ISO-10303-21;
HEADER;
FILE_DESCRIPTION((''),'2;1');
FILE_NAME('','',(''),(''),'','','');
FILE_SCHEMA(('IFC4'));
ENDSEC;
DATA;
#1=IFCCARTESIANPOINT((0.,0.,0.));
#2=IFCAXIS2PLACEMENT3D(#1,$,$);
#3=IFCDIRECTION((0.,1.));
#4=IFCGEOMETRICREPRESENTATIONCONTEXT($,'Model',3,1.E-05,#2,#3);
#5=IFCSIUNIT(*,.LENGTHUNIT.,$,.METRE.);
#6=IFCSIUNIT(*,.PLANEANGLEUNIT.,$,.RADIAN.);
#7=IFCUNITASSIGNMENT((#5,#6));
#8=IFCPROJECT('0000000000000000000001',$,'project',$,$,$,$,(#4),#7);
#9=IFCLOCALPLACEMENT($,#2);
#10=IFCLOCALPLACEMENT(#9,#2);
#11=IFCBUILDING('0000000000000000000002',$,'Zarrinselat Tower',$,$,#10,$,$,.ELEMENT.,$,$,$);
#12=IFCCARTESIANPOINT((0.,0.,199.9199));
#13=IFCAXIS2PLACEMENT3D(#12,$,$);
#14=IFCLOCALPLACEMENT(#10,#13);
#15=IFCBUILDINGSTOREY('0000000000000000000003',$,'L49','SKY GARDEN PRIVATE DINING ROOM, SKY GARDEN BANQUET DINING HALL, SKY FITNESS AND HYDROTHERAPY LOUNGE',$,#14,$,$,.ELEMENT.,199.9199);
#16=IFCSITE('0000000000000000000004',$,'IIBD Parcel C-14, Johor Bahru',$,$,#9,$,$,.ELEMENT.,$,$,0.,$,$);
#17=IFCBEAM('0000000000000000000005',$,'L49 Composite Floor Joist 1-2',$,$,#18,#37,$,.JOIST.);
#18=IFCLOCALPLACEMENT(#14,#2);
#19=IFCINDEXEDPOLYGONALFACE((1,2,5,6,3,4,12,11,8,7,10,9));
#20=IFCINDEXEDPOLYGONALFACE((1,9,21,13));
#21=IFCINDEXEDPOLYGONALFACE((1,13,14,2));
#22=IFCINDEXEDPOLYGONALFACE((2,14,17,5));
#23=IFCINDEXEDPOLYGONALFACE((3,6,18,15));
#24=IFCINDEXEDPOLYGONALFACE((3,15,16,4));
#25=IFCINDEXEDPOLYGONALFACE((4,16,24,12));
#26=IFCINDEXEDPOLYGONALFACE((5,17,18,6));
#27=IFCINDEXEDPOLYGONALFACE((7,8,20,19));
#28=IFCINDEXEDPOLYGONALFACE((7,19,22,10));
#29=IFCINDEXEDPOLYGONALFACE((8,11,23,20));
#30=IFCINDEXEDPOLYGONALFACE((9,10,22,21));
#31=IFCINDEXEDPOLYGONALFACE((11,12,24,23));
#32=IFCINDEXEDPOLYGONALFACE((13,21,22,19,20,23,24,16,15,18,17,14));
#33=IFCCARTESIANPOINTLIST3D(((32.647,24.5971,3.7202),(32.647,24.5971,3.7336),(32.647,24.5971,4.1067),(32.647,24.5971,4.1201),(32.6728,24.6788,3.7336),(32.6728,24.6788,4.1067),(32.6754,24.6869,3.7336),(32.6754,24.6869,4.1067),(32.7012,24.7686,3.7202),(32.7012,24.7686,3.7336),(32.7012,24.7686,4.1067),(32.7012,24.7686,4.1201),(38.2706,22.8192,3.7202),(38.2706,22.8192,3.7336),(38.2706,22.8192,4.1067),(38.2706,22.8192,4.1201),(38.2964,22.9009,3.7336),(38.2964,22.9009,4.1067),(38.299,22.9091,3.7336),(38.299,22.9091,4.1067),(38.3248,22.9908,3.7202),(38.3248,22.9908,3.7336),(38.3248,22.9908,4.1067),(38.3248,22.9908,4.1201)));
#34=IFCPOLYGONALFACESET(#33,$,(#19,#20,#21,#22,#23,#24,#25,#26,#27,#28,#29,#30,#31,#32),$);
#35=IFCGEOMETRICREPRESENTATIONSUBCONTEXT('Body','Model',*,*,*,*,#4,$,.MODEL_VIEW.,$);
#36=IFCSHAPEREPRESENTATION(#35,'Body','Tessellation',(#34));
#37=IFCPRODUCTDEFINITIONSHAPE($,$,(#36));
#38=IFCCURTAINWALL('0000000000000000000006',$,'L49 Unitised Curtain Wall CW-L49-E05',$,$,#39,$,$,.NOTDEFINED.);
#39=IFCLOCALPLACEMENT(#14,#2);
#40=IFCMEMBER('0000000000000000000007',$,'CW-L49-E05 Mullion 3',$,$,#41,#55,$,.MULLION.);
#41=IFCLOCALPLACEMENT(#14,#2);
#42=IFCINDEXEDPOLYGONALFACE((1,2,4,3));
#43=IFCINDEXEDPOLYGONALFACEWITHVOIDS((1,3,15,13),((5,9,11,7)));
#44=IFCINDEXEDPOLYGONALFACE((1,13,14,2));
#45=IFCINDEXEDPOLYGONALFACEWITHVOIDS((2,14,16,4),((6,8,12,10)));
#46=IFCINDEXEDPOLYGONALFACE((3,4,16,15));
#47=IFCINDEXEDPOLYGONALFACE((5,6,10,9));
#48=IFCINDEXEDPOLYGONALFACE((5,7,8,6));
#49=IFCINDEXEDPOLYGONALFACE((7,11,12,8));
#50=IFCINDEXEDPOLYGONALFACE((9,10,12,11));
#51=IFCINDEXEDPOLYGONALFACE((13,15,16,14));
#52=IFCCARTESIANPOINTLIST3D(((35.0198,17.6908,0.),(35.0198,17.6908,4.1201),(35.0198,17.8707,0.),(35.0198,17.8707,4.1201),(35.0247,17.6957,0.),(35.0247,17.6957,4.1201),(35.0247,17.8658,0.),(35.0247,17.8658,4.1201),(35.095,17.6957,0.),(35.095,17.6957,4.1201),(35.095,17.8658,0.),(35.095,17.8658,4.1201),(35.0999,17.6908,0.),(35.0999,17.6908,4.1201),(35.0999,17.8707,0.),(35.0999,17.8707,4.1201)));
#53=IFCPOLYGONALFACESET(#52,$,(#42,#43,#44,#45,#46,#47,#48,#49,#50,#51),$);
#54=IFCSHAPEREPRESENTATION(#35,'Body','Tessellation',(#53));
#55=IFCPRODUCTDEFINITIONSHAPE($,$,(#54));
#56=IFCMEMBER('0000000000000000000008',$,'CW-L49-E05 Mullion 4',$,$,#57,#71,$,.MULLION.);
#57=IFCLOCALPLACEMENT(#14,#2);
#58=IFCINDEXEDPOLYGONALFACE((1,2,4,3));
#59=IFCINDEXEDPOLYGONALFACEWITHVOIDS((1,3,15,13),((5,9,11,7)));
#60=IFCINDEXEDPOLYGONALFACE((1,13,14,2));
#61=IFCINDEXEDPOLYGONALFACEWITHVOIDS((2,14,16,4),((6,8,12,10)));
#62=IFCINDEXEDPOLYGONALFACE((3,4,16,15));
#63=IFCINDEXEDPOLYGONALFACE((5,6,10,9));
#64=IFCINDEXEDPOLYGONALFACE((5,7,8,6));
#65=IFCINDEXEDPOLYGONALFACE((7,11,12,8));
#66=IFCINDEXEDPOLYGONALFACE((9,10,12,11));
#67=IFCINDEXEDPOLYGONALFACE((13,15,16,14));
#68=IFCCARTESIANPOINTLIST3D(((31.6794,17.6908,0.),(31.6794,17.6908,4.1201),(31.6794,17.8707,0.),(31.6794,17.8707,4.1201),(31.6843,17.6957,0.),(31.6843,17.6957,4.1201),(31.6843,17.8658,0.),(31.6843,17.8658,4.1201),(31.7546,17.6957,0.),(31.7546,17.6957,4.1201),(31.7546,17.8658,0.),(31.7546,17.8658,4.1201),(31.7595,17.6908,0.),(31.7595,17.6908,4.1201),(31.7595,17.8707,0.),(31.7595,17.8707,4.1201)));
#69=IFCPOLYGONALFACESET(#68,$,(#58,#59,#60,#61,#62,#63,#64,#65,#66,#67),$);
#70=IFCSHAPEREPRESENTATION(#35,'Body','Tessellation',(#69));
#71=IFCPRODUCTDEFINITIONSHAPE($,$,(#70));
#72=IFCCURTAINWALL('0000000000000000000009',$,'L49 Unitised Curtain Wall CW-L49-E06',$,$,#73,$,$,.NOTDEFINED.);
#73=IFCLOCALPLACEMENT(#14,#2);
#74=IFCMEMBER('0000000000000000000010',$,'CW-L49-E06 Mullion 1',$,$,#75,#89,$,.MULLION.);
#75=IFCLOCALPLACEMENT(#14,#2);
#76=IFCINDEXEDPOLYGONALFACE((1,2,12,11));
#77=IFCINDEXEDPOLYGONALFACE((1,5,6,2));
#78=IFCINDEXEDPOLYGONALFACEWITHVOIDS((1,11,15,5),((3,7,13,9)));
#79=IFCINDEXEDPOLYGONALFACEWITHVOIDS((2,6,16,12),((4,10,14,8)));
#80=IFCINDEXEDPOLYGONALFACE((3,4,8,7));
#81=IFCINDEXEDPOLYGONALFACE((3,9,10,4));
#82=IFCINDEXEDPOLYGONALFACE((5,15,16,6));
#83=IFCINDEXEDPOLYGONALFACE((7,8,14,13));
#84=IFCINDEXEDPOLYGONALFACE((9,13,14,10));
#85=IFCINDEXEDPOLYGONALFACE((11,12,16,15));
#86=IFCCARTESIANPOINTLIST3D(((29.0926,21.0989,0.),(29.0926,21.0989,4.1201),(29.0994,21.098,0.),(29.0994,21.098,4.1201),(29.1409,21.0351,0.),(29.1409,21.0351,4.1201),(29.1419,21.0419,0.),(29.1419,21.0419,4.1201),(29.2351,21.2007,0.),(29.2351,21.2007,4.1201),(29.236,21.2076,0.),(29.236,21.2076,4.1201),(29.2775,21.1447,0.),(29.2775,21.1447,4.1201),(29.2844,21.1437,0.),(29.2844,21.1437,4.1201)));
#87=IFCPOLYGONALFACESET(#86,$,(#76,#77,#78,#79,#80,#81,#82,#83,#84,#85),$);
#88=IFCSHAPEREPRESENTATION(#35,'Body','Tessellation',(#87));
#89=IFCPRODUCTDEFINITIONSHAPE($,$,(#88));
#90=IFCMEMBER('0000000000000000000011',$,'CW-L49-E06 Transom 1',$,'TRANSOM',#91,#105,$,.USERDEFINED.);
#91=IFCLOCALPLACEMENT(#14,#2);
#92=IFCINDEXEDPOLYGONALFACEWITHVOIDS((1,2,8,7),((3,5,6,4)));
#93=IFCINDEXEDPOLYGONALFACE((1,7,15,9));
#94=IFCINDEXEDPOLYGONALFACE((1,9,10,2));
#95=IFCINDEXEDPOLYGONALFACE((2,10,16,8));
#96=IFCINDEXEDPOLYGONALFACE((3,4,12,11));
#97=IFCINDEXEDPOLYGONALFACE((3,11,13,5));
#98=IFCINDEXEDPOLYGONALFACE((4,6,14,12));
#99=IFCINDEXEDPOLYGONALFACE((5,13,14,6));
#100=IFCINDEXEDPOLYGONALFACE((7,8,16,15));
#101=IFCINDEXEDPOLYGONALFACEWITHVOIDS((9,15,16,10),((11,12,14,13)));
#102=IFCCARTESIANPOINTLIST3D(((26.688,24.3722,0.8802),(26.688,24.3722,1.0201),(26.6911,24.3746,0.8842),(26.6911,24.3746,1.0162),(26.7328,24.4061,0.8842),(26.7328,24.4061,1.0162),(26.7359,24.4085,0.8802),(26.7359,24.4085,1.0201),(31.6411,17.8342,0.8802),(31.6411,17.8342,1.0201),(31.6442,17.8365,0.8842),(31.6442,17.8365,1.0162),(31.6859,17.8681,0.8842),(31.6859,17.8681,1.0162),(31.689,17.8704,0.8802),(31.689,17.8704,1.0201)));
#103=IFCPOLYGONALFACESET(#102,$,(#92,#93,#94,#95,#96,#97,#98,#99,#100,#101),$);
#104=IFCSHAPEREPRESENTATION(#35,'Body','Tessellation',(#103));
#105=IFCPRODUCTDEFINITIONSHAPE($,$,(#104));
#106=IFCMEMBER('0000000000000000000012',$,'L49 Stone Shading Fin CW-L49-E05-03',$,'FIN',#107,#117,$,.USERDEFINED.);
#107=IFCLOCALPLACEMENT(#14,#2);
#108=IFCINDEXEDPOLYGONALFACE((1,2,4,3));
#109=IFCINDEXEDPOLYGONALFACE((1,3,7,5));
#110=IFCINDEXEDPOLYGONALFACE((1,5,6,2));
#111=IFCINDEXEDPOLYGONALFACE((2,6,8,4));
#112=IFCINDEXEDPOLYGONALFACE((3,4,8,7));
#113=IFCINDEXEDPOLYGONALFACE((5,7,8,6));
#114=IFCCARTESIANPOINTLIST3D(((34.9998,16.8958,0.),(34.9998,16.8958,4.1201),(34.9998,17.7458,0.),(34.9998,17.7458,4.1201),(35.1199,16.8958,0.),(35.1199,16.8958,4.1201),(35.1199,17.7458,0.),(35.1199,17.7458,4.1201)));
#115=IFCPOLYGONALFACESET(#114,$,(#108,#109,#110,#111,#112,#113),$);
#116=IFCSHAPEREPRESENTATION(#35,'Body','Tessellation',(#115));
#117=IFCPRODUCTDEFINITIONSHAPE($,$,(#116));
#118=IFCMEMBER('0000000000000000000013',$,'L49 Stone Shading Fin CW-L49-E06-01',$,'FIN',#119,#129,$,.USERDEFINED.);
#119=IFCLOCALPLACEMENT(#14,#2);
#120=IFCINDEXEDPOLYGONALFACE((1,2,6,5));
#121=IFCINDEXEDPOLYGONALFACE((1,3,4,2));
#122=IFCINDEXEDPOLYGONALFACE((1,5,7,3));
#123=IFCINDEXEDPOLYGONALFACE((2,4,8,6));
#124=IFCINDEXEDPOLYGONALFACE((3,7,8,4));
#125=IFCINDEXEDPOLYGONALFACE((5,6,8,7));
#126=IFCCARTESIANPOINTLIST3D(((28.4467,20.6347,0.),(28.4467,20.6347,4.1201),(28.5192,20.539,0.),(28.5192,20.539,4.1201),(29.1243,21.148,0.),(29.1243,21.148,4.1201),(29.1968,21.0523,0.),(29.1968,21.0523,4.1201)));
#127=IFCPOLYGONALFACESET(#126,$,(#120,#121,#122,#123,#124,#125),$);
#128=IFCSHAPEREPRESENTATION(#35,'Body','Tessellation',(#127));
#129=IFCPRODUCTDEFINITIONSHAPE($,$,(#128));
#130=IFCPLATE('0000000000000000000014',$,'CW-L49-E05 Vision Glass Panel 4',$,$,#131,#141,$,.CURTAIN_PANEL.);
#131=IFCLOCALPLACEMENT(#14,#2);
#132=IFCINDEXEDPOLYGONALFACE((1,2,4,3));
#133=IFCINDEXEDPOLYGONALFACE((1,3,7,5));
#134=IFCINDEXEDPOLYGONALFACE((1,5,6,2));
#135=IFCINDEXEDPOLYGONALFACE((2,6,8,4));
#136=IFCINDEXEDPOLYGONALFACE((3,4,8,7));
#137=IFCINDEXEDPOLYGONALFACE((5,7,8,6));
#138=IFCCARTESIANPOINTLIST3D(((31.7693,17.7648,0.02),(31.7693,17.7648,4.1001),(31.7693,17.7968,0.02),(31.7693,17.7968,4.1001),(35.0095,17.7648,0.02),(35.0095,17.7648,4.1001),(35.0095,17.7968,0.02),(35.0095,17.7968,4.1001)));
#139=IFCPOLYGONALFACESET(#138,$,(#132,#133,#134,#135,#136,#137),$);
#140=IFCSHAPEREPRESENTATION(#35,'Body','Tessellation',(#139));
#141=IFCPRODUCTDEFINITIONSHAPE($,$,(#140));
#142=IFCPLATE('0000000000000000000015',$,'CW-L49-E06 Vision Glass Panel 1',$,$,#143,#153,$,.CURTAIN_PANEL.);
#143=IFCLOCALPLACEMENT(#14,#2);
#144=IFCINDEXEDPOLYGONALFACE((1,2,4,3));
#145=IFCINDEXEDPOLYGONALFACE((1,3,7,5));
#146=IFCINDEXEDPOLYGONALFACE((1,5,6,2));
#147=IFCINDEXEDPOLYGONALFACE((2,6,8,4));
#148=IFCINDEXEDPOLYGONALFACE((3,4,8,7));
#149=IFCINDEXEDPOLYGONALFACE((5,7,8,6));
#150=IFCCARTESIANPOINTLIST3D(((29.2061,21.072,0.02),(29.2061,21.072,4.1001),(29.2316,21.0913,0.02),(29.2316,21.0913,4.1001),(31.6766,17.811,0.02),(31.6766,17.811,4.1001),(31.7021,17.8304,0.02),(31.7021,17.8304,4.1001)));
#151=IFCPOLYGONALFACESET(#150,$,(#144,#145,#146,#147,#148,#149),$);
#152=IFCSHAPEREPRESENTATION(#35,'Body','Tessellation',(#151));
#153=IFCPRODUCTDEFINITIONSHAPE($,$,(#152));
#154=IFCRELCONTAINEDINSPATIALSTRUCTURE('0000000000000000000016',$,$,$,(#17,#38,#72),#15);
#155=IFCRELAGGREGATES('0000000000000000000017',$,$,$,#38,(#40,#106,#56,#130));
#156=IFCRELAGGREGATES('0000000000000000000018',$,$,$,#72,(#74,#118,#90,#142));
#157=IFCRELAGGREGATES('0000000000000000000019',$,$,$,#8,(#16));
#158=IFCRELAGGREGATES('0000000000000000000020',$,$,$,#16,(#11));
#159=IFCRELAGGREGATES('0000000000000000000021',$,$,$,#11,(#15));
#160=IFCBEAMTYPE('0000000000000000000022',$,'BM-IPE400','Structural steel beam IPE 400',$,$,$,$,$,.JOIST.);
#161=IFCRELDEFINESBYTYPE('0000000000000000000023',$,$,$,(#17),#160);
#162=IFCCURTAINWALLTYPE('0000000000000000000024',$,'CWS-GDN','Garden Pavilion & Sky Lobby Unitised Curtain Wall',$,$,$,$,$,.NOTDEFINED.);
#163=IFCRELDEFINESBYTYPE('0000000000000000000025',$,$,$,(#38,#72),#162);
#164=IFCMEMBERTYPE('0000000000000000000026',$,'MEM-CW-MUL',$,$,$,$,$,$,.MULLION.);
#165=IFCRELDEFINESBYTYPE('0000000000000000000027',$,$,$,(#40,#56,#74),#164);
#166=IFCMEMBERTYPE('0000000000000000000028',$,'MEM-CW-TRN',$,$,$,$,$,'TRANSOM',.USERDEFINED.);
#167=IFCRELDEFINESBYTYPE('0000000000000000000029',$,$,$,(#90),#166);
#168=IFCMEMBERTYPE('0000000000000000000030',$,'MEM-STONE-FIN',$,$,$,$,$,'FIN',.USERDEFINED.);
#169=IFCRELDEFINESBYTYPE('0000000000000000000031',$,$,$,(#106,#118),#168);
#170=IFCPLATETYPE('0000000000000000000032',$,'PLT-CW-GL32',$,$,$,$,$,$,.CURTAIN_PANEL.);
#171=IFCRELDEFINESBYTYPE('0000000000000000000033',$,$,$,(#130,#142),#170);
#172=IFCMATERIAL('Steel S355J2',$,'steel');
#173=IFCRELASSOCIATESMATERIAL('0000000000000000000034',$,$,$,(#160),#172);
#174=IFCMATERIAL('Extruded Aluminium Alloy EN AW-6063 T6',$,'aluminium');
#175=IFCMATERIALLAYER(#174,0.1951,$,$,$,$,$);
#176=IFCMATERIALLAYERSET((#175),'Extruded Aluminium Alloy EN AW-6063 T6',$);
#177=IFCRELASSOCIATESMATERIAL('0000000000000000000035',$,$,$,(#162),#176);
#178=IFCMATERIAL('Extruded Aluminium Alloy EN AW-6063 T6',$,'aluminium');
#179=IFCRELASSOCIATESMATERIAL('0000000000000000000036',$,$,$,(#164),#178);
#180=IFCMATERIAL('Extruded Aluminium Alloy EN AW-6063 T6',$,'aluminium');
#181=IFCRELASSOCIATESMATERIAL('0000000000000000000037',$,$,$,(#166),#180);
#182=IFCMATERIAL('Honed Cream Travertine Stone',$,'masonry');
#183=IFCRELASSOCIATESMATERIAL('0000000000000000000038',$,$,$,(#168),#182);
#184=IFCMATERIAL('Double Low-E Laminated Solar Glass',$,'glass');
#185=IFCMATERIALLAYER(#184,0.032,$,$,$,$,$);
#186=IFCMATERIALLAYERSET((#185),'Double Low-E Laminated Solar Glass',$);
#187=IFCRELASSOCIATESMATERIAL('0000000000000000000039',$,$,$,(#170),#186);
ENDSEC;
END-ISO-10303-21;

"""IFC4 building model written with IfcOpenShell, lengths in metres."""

from ifc_helpers import new_model, si_unit, direction, frame, origin, origin_2d, place, context, subcontext, project, spatial, rectangle, hollow_rectangle, i_section, extrude, material, layer, layer_set, material_profile, profile_set, type_object, element, aggregate, save


model = new_model("IFC4")

# Units and contexts
model_context = context("Model", 3, precision=1e-05, world=origin(), true_north=direction((0.0, 1.0)))
body_context = subcontext(model_context, "Body", "Model", "MODEL_VIEW")
ifc_project = project(units=[si_unit("LENGTHUNIT", "METRE"), si_unit("PLANEANGLEUNIT", "RADIAN")], contexts=[model_context])

# Site, building, storey
site_placement = place(None, origin())
site = spatial("IfcSite", under=ifc_project, at=site_placement, Name="IIBD Parcel C-14, Johor Bahru", CompositionType="ELEMENT", RefElevation=0.0)
building_placement = place(site_placement, origin())
building = spatial("IfcBuilding", under=site, at=building_placement, Name="Zarrinselat Tower", CompositionType="ELEMENT")
storey_placement = place(building_placement, frame((0.0, 0.0, 199.9199)))
storey = spatial("IfcBuildingStorey", under=building, at=storey_placement, Name="L49", Description="SKY GARDEN PRIVATE DINING ROOM, SKY GARDEN BANQUET DINING HALL, SKY FITNESS AND HYDROTHERAPY LOUNGE", CompositionType="ELEMENT", Elevation=199.9199)

# Beam
ifc_material_1 = material(Name="Steel S355J2", Category="steel")
ifc_material_profile_1 = material_profile(ifc_material_1, i_section(OverallWidth=0.1799, OverallDepth=0.3999, WebThickness=0.0085, FlangeThickness=0.0134, at=origin_2d()), Name="IPE 400")
ifc_profile_set_1 = profile_set([ifc_material_profile_1], Name="Steel S355J2")
beam_type_1 = type_object("IfcBeamType", Name="BM-IPE400", Description="Structural steel beam IPE 400", PredefinedType="JOIST", material=ifc_profile_set_1)
beam_1_placement = place(storey_placement, frame((32.6741, 24.6829, 3.9202), z_axis=(0.953486, -0.301436, 0.0), x_axis=(0.301436, 0.953486, 0.0)))
element("IfcBeam", 1, at=beam_1_placement, inside=storey, type_object=beam_type_1, Name="L49 Composite Floor Joist 1-2", PredefinedType="JOIST", context=body_context, shape_type="SweptSolid", body=[
    extrude(i_section(OverallWidth=0.1799, OverallDepth=0.3999, WebThickness=0.0085, FlangeThickness=0.0134, at=origin_2d()), origin(), (0.0, 0.0, 1.0), 5.8979),
])

# Curtain walls, members
ifc_material_2 = material(Name="Extruded Aluminium Alloy EN AW-6063 T6", Category="aluminium")
ifc_layer_1 = layer(ifc_material_2, 0.1951)
ifc_layer_set_1 = layer_set([ifc_layer_1], Name="Extruded Aluminium Alloy EN AW-6063 T6")
curtain_wall_type = type_object("IfcCurtainWallType", Name="CWS-GDN", Description="Garden Pavilion & Sky Lobby Unitised Curtain Wall", PredefinedType="NOTDEFINED", material=ifc_layer_set_1)
curtain_wall_1_placement = place(storey_placement, origin())
curtain_wall_1 = element("IfcCurtainWall", 2, at=curtain_wall_1_placement, inside=storey, type_object=curtain_wall_type, Name="L49 Unitised Curtain Wall CW-L49-E05", PredefinedType="NOTDEFINED")
ifc_material_3 = material(Name="Extruded Aluminium Alloy EN AW-6063 T6", Category="aluminium")
ifc_material_profile_2 = material_profile(ifc_material_3, hollow_rectangle(XDim=0.0801, YDim=0.1799, WallThickness=0.0049, at=origin_2d()), Name="RHS 180x80x5")
ifc_profile_set_2 = profile_set([ifc_material_profile_2], Name="Extruded Aluminium Alloy EN AW-6063 T6")
member_type_1 = type_object("IfcMemberType", Name="MEM-CW-MUL", PredefinedType="MULLION", material=ifc_profile_set_2)
member_1_placement = place(storey_placement, frame((35.0598, 17.7808, 0.0), z_axis=(0.0, 0.0, 1.0), x_axis=(-1.0, 0.0, 0.0)))
member_1 = element("IfcMember", 3, at=member_1_placement, type_object=member_type_1, Name="CW-L49-E05 Mullion 3", PredefinedType="MULLION", context=body_context, shape_type="SweptSolid", body=[
    extrude(hollow_rectangle(XDim=0.0801, YDim=0.1799, WallThickness=0.0049, at=origin_2d()), origin(), (0.0, 0.0, 1.0), 4.1201),
])
member_2_placement = place(storey_placement, frame((31.7195, 17.7808, 0.0), z_axis=(0.0, 0.0, 1.0), x_axis=(-1.0, 0.0, 0.0)))
member_2 = element("IfcMember", 4, at=member_2_placement, type_object=member_type_1, Name="CW-L49-E05 Mullion 4", PredefinedType="MULLION", context=body_context, shape_type="SweptSolid", body=[
    extrude(hollow_rectangle(XDim=0.0801, YDim=0.1799, WallThickness=0.0049, at=origin_2d()), origin(), (0.0, 0.0, 1.0), 4.1201),
])
curtain_wall_2_placement = place(storey_placement, origin())
curtain_wall_2 = element("IfcCurtainWall", 5, at=curtain_wall_2_placement, inside=storey, type_object=curtain_wall_type, Name="L49 Unitised Curtain Wall CW-L49-E06", PredefinedType="NOTDEFINED")
member_3_placement = place(storey_placement, frame((29.1885, 21.1213, 0.0), z_axis=(0.0, 0.0, 1.0), x_axis=(-0.603858, 0.797092, 0.0)))
member_3 = element("IfcMember", 6, at=member_3_placement, type_object=member_type_1, Name="CW-L49-E06 Mullion 1", PredefinedType="MULLION", context=body_context, shape_type="SweptSolid", body=[
    extrude(hollow_rectangle(XDim=0.0801, YDim=0.1799, WallThickness=0.0049, at=origin_2d()), origin(), (0.0, 0.0, 1.0), 4.1201),
])
ifc_material_4 = material(Name="Extruded Aluminium Alloy EN AW-6063 T6", Category="aluminium")
ifc_material_profile_3 = material_profile(ifc_material_4, hollow_rectangle(XDim=0.0601, YDim=0.1399, WallThickness=0.0039, at=origin_2d()), Name="RHS 140x60x4")
ifc_profile_set_3 = profile_set([ifc_material_profile_3], Name="Extruded Aluminium Alloy EN AW-6063 T6")
member_type_2 = type_object("IfcMemberType", Name="MEM-CW-TRN", ElementType="TRANSOM", PredefinedType="USERDEFINED", material=ifc_profile_set_3)
member_4_placement = place(storey_placement, frame((31.665, 17.8523, 0.9502), z_axis=(-0.60386, 0.79709, 0.0), x_axis=(-0.79709, -0.60386, 0.0)))
member_4 = element("IfcMember", 7, at=member_4_placement, type_object=member_type_2, Name="CW-L49-E06 Transom 1", ObjectType="TRANSOM", PredefinedType="USERDEFINED", context=body_context, shape_type="SweptSolid", body=[
    extrude(hollow_rectangle(XDim=0.0601, YDim=0.1399, WallThickness=0.0039, at=origin_2d()), origin(), (0.0, 0.0, 1.0), 8.2024),
])

# Members
ifc_material_5 = material(Name="Honed Cream Travertine Stone", Category="masonry")
ifc_material_profile_4 = material_profile(ifc_material_5, rectangle(XDim=0.1201, YDim=0.8501, at=origin_2d()), Name="FIN 850x120")
ifc_profile_set_4 = profile_set([ifc_material_profile_4], Name="Honed Cream Travertine Stone")
member_type_3 = type_object("IfcMemberType", Name="MEM-STONE-FIN", ElementType="FIN", PredefinedType="USERDEFINED", material=ifc_profile_set_4)
member_5_placement = place(storey_placement, frame((35.0598, 17.3208, 0.0), z_axis=(0.0, 0.0, 1.0), x_axis=(-1.0, 0.0, 0.0)))
member_5 = element("IfcMember", 8, at=member_5_placement, type_object=member_type_3, Name="L49 Stone Shading Fin CW-L49-E05-03", ObjectType="FIN", PredefinedType="USERDEFINED", context=body_context, shape_type="SweptSolid", body=[
    extrude(rectangle(XDim=0.1201, YDim=0.8501, at=origin_2d()), origin(), (0.0, 0.0, 1.0), 4.1201),
])
member_6_placement = place(storey_placement, frame((28.8218, 20.8435, 0.0), z_axis=(0.0, 0.0, 1.0), x_axis=(-0.603858, 0.797092, 0.0)))
member_6 = element("IfcMember", 9, at=member_6_placement, type_object=member_type_3, Name="L49 Stone Shading Fin CW-L49-E06-01", ObjectType="FIN", PredefinedType="USERDEFINED", context=body_context, shape_type="SweptSolid", body=[
    extrude(rectangle(XDim=0.1201, YDim=0.8501, at=origin_2d()), origin(), (0.0, 0.0, 1.0), 4.1201),
])

# Plates
ifc_material_6 = material(Name="Double Low-E Laminated Solar Glass", Category="glass")
ifc_layer_2 = layer(ifc_material_6, 0.032)
ifc_layer_set_2 = layer_set([ifc_layer_2], Name="Double Low-E Laminated Solar Glass")
plate_type = type_object("IfcPlateType", Name="PLT-CW-GL32", PredefinedType="CURTAIN_PANEL", material=ifc_layer_set_2)
plate_1_placement = place(storey_placement, frame((33.3894, 17.7808, 0.02), z_axis=(0.0, 0.0, 1.0), x_axis=(-1.0, 0.0, 0.0)))
plate_1 = element("IfcPlate", 10, at=plate_1_placement, type_object=plate_type, Name="CW-L49-E05 Vision Glass Panel 4", PredefinedType="CURTAIN_PANEL", context=body_context, shape_type="SweptSolid", body=[
    extrude(rectangle(XDim=3.2402, YDim=0.032, at=origin_2d()), origin(), (0.0, 0.0, 1.0), 4.0801),
])
aggregate(curtain_wall_1, [member_1, member_5, member_2, plate_1])
plate_2_placement = place(storey_placement, frame((30.4541, 19.4512, 0.02), z_axis=(0.0, 0.0, 1.0), x_axis=(-0.603858, 0.797092, 0.0)))
plate_2 = element("IfcPlate", 11, at=plate_2_placement, type_object=plate_type, Name="CW-L49-E06 Vision Glass Panel 1", PredefinedType="CURTAIN_PANEL", context=body_context, shape_type="SweptSolid", body=[
    extrude(rectangle(XDim=4.0911, YDim=0.032, at=origin_2d()), origin(), (0.0, 0.0, 1.0), 4.0801),
])
aggregate(curtain_wall_2, [member_3, member_6, member_4, plate_2])

save(model, "model.ifc")
